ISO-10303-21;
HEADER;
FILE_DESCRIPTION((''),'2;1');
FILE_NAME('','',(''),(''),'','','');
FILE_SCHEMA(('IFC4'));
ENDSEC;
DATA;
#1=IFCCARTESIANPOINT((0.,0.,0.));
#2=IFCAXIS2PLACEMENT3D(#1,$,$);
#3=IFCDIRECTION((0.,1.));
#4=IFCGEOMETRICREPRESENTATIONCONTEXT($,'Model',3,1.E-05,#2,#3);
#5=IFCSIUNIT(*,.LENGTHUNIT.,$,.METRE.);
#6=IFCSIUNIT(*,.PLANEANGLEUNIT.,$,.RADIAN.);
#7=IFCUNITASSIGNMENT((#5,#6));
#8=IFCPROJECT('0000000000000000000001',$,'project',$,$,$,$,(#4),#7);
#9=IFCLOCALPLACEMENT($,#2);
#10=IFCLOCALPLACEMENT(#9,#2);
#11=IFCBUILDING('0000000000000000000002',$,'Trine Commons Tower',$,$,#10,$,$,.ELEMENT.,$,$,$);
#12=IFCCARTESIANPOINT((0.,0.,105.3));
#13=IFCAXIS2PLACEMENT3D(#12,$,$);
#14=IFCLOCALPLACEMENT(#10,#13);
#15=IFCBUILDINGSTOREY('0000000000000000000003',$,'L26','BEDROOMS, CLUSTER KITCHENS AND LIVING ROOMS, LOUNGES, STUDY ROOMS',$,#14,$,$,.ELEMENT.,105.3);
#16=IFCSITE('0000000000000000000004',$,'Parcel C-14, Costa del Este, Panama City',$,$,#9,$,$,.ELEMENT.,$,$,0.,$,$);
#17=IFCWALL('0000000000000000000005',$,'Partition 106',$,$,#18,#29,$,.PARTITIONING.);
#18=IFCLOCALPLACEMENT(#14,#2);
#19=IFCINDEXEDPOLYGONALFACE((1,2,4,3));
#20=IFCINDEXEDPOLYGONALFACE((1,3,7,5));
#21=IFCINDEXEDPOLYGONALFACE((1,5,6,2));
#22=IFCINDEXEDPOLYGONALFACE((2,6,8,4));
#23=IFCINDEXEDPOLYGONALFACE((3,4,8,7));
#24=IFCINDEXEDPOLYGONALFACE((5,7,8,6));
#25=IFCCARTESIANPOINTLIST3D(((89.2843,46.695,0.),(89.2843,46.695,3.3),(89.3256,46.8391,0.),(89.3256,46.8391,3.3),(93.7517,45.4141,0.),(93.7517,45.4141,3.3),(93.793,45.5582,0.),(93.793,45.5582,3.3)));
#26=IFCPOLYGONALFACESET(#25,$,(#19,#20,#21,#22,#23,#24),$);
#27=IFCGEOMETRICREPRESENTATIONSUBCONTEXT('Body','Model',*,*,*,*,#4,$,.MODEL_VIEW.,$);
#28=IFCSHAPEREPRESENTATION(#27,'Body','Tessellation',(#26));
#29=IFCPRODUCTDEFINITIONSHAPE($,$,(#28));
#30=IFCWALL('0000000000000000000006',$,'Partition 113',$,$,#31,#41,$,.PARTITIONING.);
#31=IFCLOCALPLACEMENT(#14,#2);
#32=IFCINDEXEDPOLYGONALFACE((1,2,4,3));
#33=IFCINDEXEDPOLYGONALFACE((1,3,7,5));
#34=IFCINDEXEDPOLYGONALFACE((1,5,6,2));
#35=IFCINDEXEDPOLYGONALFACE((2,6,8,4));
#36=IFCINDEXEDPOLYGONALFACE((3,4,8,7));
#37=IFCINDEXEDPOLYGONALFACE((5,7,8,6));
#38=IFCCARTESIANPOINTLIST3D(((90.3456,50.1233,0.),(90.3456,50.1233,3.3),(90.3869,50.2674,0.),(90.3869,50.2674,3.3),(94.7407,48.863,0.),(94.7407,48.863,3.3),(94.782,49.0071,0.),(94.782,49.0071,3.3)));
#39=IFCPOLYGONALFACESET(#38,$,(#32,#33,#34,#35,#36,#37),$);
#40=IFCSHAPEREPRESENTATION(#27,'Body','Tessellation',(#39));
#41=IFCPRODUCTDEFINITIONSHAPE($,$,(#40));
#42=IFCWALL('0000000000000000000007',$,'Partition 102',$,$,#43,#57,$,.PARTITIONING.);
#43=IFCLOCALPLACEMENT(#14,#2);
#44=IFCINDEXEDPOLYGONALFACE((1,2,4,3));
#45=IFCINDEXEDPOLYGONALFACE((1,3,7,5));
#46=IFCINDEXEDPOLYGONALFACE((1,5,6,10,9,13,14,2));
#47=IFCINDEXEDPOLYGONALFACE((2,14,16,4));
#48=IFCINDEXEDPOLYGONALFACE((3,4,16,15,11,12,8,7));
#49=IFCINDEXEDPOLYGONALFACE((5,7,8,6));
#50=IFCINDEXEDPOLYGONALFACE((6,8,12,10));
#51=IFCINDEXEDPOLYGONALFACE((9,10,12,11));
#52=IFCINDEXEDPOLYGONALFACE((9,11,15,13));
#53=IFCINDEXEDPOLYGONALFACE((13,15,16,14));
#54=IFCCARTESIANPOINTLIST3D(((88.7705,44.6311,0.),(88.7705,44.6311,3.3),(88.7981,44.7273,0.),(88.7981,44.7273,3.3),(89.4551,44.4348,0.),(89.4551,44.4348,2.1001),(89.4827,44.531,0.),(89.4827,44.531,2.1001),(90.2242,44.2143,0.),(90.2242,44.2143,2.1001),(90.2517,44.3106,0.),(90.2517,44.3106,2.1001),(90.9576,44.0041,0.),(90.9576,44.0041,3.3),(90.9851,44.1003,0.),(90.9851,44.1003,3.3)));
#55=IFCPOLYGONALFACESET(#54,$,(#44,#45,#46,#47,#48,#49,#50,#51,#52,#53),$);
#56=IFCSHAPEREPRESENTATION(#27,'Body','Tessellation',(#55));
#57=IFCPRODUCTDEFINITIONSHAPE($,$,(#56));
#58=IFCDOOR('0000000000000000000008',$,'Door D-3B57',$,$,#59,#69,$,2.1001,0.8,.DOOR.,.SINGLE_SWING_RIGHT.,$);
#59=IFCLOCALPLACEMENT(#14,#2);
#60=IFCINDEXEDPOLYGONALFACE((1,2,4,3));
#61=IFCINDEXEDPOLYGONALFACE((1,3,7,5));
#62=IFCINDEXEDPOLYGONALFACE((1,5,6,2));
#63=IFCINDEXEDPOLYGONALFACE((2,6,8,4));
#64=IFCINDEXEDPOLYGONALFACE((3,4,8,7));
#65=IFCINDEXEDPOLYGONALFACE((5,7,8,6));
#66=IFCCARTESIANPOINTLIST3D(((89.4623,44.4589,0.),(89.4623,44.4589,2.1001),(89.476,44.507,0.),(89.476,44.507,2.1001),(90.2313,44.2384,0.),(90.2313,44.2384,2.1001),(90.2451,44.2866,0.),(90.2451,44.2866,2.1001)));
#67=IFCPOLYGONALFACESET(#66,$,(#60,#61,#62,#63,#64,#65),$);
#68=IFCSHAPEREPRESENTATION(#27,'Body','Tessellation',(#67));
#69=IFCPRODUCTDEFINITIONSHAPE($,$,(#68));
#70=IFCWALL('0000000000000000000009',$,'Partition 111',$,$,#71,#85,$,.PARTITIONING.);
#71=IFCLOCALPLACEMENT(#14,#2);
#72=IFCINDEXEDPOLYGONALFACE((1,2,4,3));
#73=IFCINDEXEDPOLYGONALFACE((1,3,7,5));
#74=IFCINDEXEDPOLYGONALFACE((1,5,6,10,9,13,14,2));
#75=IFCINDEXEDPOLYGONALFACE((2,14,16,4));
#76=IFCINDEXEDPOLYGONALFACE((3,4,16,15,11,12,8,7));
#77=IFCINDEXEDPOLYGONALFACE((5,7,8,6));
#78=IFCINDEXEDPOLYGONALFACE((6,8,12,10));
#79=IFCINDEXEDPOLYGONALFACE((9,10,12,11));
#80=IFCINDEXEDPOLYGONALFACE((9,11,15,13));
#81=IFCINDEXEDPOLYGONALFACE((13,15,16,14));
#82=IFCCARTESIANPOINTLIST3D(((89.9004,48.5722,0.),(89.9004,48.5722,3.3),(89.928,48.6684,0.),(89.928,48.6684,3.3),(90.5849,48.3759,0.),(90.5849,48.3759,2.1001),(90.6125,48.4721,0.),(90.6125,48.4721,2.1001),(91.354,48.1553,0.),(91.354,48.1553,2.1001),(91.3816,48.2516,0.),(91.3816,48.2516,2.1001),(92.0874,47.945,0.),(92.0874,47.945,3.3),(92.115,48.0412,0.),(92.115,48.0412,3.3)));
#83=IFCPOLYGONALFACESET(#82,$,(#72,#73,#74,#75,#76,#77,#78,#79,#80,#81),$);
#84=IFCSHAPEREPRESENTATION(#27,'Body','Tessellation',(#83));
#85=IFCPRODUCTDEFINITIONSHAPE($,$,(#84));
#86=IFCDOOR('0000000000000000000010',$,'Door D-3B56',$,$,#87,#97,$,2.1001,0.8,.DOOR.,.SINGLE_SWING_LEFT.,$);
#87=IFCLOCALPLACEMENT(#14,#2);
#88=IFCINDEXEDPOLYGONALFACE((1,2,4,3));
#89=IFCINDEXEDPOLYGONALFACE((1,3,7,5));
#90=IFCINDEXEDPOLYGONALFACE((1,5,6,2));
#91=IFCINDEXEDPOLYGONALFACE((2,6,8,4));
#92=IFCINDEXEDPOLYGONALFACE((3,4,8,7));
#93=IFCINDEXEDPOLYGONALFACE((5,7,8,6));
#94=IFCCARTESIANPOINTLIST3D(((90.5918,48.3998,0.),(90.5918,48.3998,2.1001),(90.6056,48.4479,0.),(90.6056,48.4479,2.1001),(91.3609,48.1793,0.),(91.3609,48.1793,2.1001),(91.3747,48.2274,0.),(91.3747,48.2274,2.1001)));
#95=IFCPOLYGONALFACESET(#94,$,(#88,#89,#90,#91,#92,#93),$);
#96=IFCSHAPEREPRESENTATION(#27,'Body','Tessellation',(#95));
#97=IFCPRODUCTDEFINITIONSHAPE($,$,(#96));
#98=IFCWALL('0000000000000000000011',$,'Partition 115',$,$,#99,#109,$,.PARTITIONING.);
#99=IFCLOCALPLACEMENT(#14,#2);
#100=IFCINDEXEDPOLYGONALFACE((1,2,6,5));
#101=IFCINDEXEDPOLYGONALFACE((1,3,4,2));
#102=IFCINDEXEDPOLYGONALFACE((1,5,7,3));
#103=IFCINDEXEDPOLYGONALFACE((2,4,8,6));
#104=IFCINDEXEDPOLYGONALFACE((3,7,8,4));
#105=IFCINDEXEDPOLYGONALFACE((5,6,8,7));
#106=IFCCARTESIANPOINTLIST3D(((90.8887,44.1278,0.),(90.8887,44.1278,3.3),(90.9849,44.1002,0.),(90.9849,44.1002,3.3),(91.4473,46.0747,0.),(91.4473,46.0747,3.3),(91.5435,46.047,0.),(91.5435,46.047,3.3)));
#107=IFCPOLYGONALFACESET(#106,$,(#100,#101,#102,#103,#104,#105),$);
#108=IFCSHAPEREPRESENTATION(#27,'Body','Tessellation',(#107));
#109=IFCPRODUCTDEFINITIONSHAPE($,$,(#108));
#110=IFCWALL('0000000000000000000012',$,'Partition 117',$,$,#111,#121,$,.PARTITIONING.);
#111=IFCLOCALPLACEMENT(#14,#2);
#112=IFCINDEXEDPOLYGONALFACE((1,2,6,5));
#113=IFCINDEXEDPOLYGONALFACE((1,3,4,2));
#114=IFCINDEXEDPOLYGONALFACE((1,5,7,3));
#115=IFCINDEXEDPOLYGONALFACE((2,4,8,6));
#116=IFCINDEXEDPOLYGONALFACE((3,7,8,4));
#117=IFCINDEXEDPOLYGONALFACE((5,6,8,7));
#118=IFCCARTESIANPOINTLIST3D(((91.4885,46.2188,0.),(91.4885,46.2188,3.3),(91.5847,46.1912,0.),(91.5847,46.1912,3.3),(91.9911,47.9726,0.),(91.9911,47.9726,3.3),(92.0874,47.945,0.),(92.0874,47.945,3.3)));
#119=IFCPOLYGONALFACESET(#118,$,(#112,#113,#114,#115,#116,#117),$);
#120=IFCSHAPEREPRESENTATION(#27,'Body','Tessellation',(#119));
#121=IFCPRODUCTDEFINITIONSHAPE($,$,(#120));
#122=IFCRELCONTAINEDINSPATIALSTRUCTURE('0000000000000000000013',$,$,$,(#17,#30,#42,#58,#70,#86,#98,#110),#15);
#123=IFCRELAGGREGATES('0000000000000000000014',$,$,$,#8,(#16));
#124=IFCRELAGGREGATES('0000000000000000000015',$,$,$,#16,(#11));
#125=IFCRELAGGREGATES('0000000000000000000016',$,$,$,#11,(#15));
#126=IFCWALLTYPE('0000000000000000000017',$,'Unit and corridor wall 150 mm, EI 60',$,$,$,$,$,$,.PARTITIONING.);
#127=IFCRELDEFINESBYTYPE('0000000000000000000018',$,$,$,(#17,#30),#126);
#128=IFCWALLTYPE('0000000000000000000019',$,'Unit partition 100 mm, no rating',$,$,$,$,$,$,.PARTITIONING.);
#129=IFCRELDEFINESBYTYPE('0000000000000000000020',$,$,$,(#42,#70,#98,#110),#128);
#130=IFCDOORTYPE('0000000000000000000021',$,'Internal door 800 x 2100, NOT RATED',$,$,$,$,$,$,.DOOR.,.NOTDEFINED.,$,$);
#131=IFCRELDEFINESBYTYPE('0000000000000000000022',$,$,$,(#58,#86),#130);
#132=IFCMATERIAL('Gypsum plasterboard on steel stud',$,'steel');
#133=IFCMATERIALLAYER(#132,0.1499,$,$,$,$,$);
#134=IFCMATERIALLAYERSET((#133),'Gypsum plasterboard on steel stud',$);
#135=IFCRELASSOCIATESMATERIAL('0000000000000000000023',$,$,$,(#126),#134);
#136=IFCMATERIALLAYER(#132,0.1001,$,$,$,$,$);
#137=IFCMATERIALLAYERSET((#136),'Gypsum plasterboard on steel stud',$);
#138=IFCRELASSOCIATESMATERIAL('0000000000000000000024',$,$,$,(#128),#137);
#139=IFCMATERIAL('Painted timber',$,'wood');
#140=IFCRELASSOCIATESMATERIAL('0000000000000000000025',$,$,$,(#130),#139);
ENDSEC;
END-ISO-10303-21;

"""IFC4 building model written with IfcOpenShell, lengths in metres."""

from ifc_helpers import new_model, si_unit, direction, frame, frame_2d, origin, place, context, subcontext, project, spatial, rectangle, extrude, material, layer, layer_set, type_object, element, fill, save


model = new_model("IFC4")

# Units and contexts
model_context = context("Model", 3, precision=1e-05, world=origin(), true_north=direction((0.0, 1.0)))
body_context = subcontext(model_context, "Body", "Model", "MODEL_VIEW")
ifc_project = project(units=[si_unit("LENGTHUNIT", "METRE"), si_unit("PLANEANGLEUNIT", "RADIAN")], contexts=[model_context])

# Site, building, storey
site_placement = place(None, origin())
site = spatial("IfcSite", under=ifc_project, at=site_placement, Name="Parcel C-14, Costa del Este, Panama City", CompositionType="ELEMENT", RefElevation=0.0)
building_placement = place(site_placement, origin())
building = spatial("IfcBuilding", under=site, at=building_placement, Name="Trine Commons Tower", CompositionType="ELEMENT")
storey_placement = place(building_placement, frame((0.0, 0.0, 105.3)))
storey = spatial("IfcBuildingStorey", under=building, at=storey_placement, Name="L26", Description="BEDROOMS, CLUSTER KITCHENS AND LIVING ROOMS, LOUNGES, STUDY ROOMS", CompositionType="ELEMENT", Elevation=105.3)

# Shared definitions
ifc_material_1 = material(Name="Gypsum plasterboard on steel stud", Category="steel")
ifc_layer_1 = layer(ifc_material_1, 0.1499)
ifc_layer_set_1 = layer_set([ifc_layer_1], Name="Gypsum plasterboard on steel stud")
wall_type_1 = type_object("IfcWallType", Name="Unit and corridor wall 150 mm, EI 60", PredefinedType="PARTITIONING", material=ifc_layer_set_1)

# Shared definitions
ifc_material_2 = material(Name="Painted timber", Category="wood")

# Walls
wall_1_placement = place(storey_placement, frame((89.3049, 46.7671, 0.0), z_axis=(0.0, 0.0, 1.0), x_axis=(0.961264, -0.27563, 0.0)))
element("IfcWall", 1, at=wall_1_placement, inside=storey, type_object=wall_type_1, Name="Partition 106", PredefinedType="PARTITIONING", context=body_context, shape_type="SweptSolid", body=[
    extrude(rectangle(XDim=4.6475, YDim=0.1499, at=frame_2d((2.3237, 0.0))), origin(), (0.0, 0.0, 1.0), 3.3),
])
wall_2_placement = place(storey_placement, frame((90.3662, 50.1953, 0.0), z_axis=(0.0, 0.0, 1.0), x_axis=(0.961266, -0.275624, 0.0)))
element("IfcWall", 2, at=wall_2_placement, inside=storey, type_object=wall_type_1, Name="Partition 113", PredefinedType="PARTITIONING", context=body_context, shape_type="SweptSolid", body=[
    extrude(rectangle(XDim=4.5723, YDim=0.1499, at=frame_2d((2.2861, 0.0))), origin(), (0.0, 0.0, 1.0), 3.3),
])

# Walls, openings, doors
ifc_layer_2 = layer(ifc_material_1, 0.1001)
ifc_layer_set_2 = layer_set([ifc_layer_2], Name="Gypsum plasterboard on steel stud")
wall_type_2 = type_object("IfcWallType", Name="Unit partition 100 mm, no rating", PredefinedType="PARTITIONING", material=ifc_layer_set_2)
wall_3_placement = place(storey_placement, frame((88.7842, 44.6792, 0.0), z_axis=(0.0, 0.0, 1.0), x_axis=(0.961281, -0.275571, 0.0)))
wall_3 = element("IfcWall", 3, at=wall_3_placement, inside=storey, type_object=wall_type_2, Name="Partition 102", PredefinedType="PARTITIONING", context=body_context, shape_type="SweptSolid", body=[
    extrude(rectangle(XDim=2.2751, YDim=0.1001, at=frame_2d((1.1377, 0.0))), origin(), (0.0, 0.0, 1.0), 3.3),
])
opening_1_placement = place(wall_3_placement, frame((0.7124, 0.0, 0.0)))
opening_1 = element("IfcOpeningElement", 4, at=opening_1_placement, cuts=wall_3, PredefinedType="OPENING", context=body_context, shape_type="SweptSolid", body=[
    extrude(rectangle(XDim=0.8, YDim=2.1001, at=frame_2d((0.3999, 1.05))), frame((0.0, 0.0601, 0.0), z_axis=(0.0, -1.0, 0.0), x_axis=(1.0, 0.0, 0.0)), (0.0, 0.0, 1.0), 0.1201),
])
door_type_1 = type_object("IfcDoorType", Name="Internal door 800 x 2100, NOT RATED", OperationType="NOTDEFINED", PredefinedType="DOOR", material=ifc_material_2)
door_1_placement = place(opening_1_placement, frame((0.8, 0.0, 0.0), z_axis=(0.0, 0.0, 1.0), x_axis=(-1.0, 0.0, 0.0)))
door_1 = element("IfcDoor", 5, at=door_1_placement, inside=storey, type_object=door_type_1, Name="Door D-3B57", OperationType="SINGLE_SWING_RIGHT", OverallHeight=2.1001, OverallWidth=0.8, PredefinedType="DOOR", context=body_context, shape_type="SweptSolid", body=[
    extrude(rectangle(XDim=0.8, YDim=2.1001, at=frame_2d((0.3999, 1.05))), frame((0.0, 0.0249, 0.0), z_axis=(0.0, -1.0, 0.0), x_axis=(1.0, 0.0, 0.0)), (0.0, 0.0, 1.0), 0.05),
])
fill(opening_1, door_1)
wall_4_placement = place(storey_placement, frame((89.9141, 48.6204, 0.0), z_axis=(0.0, 0.0, 1.0), x_axis=(0.961252, -0.275671, 0.0)))
wall_4 = element("IfcWall", 6, at=wall_4_placement, inside=storey, type_object=wall_type_2, Name="Partition 111", PredefinedType="PARTITIONING", context=body_context, shape_type="SweptSolid", body=[
    extrude(rectangle(XDim=2.2751, YDim=0.1001, at=frame_2d((1.1377, 0.0))), origin(), (0.0, 0.0, 1.0), 3.3),
])
opening_2_placement = place(wall_4_placement, frame((0.7124, 0.0, 0.0)))
opening_2 = element("IfcOpeningElement", 7, at=opening_2_placement, cuts=wall_4, PredefinedType="OPENING", context=body_context, shape_type="SweptSolid", body=[
    extrude(rectangle(XDim=0.8, YDim=2.1001, at=frame_2d((0.3999, 1.05))), frame((0.0, 0.0601, 0.0), z_axis=(0.0, -1.0, 0.0), x_axis=(1.0, 0.0, 0.0)), (0.0, 0.0, 1.0), 0.1201),
])
door_2_placement = place(opening_2_placement, origin())
door_2 = element("IfcDoor", 8, at=door_2_placement, inside=storey, type_object=door_type_1, Name="Door D-3B56", OperationType="SINGLE_SWING_LEFT", OverallHeight=2.1001, OverallWidth=0.8, PredefinedType="DOOR", context=body_context, shape_type="SweptSolid", body=[
    extrude(rectangle(XDim=0.8, YDim=2.1001, at=frame_2d((0.3999, 1.05))), frame((0.0, 0.0249, 0.0), z_axis=(0.0, -1.0, 0.0), x_axis=(1.0, 0.0, 0.0)), (0.0, 0.0, 1.0), 0.05),
])
fill(opening_2, door_2)

# Walls
wall_5_placement = place(storey_placement, frame((90.9368, 44.114, 0.0), z_axis=(0.0, 0.0, 1.0), x_axis=(0.275804, 0.961214, 0.0)))
element("IfcWall", 9, at=wall_5_placement, inside=storey, type_object=wall_type_2, Name="Partition 115", PredefinedType="PARTITIONING", context=body_context, shape_type="SweptSolid", body=[
    extrude(rectangle(XDim=2.0254, YDim=0.1001, at=frame_2d((1.0127, 0.0))), origin(), (0.0, 0.0, 1.0), 3.3),
])
wall_6_placement = place(storey_placement, frame((91.5366, 46.2051, 0.0), z_axis=(0.0, 0.0, 1.0), x_axis=(0.275516, 0.961296, 0.0)))
element("IfcWall", 10, at=wall_6_placement, inside=storey, type_object=wall_type_2, Name="Partition 117", PredefinedType="PARTITIONING", context=body_context, shape_type="SweptSolid", body=[
    extrude(rectangle(XDim=1.8245, YDim=0.1001, at=frame_2d((0.9121, 0.0))), origin(), (0.0, 0.0, 1.0), 3.3),
])

save(model, "model.ifc")
